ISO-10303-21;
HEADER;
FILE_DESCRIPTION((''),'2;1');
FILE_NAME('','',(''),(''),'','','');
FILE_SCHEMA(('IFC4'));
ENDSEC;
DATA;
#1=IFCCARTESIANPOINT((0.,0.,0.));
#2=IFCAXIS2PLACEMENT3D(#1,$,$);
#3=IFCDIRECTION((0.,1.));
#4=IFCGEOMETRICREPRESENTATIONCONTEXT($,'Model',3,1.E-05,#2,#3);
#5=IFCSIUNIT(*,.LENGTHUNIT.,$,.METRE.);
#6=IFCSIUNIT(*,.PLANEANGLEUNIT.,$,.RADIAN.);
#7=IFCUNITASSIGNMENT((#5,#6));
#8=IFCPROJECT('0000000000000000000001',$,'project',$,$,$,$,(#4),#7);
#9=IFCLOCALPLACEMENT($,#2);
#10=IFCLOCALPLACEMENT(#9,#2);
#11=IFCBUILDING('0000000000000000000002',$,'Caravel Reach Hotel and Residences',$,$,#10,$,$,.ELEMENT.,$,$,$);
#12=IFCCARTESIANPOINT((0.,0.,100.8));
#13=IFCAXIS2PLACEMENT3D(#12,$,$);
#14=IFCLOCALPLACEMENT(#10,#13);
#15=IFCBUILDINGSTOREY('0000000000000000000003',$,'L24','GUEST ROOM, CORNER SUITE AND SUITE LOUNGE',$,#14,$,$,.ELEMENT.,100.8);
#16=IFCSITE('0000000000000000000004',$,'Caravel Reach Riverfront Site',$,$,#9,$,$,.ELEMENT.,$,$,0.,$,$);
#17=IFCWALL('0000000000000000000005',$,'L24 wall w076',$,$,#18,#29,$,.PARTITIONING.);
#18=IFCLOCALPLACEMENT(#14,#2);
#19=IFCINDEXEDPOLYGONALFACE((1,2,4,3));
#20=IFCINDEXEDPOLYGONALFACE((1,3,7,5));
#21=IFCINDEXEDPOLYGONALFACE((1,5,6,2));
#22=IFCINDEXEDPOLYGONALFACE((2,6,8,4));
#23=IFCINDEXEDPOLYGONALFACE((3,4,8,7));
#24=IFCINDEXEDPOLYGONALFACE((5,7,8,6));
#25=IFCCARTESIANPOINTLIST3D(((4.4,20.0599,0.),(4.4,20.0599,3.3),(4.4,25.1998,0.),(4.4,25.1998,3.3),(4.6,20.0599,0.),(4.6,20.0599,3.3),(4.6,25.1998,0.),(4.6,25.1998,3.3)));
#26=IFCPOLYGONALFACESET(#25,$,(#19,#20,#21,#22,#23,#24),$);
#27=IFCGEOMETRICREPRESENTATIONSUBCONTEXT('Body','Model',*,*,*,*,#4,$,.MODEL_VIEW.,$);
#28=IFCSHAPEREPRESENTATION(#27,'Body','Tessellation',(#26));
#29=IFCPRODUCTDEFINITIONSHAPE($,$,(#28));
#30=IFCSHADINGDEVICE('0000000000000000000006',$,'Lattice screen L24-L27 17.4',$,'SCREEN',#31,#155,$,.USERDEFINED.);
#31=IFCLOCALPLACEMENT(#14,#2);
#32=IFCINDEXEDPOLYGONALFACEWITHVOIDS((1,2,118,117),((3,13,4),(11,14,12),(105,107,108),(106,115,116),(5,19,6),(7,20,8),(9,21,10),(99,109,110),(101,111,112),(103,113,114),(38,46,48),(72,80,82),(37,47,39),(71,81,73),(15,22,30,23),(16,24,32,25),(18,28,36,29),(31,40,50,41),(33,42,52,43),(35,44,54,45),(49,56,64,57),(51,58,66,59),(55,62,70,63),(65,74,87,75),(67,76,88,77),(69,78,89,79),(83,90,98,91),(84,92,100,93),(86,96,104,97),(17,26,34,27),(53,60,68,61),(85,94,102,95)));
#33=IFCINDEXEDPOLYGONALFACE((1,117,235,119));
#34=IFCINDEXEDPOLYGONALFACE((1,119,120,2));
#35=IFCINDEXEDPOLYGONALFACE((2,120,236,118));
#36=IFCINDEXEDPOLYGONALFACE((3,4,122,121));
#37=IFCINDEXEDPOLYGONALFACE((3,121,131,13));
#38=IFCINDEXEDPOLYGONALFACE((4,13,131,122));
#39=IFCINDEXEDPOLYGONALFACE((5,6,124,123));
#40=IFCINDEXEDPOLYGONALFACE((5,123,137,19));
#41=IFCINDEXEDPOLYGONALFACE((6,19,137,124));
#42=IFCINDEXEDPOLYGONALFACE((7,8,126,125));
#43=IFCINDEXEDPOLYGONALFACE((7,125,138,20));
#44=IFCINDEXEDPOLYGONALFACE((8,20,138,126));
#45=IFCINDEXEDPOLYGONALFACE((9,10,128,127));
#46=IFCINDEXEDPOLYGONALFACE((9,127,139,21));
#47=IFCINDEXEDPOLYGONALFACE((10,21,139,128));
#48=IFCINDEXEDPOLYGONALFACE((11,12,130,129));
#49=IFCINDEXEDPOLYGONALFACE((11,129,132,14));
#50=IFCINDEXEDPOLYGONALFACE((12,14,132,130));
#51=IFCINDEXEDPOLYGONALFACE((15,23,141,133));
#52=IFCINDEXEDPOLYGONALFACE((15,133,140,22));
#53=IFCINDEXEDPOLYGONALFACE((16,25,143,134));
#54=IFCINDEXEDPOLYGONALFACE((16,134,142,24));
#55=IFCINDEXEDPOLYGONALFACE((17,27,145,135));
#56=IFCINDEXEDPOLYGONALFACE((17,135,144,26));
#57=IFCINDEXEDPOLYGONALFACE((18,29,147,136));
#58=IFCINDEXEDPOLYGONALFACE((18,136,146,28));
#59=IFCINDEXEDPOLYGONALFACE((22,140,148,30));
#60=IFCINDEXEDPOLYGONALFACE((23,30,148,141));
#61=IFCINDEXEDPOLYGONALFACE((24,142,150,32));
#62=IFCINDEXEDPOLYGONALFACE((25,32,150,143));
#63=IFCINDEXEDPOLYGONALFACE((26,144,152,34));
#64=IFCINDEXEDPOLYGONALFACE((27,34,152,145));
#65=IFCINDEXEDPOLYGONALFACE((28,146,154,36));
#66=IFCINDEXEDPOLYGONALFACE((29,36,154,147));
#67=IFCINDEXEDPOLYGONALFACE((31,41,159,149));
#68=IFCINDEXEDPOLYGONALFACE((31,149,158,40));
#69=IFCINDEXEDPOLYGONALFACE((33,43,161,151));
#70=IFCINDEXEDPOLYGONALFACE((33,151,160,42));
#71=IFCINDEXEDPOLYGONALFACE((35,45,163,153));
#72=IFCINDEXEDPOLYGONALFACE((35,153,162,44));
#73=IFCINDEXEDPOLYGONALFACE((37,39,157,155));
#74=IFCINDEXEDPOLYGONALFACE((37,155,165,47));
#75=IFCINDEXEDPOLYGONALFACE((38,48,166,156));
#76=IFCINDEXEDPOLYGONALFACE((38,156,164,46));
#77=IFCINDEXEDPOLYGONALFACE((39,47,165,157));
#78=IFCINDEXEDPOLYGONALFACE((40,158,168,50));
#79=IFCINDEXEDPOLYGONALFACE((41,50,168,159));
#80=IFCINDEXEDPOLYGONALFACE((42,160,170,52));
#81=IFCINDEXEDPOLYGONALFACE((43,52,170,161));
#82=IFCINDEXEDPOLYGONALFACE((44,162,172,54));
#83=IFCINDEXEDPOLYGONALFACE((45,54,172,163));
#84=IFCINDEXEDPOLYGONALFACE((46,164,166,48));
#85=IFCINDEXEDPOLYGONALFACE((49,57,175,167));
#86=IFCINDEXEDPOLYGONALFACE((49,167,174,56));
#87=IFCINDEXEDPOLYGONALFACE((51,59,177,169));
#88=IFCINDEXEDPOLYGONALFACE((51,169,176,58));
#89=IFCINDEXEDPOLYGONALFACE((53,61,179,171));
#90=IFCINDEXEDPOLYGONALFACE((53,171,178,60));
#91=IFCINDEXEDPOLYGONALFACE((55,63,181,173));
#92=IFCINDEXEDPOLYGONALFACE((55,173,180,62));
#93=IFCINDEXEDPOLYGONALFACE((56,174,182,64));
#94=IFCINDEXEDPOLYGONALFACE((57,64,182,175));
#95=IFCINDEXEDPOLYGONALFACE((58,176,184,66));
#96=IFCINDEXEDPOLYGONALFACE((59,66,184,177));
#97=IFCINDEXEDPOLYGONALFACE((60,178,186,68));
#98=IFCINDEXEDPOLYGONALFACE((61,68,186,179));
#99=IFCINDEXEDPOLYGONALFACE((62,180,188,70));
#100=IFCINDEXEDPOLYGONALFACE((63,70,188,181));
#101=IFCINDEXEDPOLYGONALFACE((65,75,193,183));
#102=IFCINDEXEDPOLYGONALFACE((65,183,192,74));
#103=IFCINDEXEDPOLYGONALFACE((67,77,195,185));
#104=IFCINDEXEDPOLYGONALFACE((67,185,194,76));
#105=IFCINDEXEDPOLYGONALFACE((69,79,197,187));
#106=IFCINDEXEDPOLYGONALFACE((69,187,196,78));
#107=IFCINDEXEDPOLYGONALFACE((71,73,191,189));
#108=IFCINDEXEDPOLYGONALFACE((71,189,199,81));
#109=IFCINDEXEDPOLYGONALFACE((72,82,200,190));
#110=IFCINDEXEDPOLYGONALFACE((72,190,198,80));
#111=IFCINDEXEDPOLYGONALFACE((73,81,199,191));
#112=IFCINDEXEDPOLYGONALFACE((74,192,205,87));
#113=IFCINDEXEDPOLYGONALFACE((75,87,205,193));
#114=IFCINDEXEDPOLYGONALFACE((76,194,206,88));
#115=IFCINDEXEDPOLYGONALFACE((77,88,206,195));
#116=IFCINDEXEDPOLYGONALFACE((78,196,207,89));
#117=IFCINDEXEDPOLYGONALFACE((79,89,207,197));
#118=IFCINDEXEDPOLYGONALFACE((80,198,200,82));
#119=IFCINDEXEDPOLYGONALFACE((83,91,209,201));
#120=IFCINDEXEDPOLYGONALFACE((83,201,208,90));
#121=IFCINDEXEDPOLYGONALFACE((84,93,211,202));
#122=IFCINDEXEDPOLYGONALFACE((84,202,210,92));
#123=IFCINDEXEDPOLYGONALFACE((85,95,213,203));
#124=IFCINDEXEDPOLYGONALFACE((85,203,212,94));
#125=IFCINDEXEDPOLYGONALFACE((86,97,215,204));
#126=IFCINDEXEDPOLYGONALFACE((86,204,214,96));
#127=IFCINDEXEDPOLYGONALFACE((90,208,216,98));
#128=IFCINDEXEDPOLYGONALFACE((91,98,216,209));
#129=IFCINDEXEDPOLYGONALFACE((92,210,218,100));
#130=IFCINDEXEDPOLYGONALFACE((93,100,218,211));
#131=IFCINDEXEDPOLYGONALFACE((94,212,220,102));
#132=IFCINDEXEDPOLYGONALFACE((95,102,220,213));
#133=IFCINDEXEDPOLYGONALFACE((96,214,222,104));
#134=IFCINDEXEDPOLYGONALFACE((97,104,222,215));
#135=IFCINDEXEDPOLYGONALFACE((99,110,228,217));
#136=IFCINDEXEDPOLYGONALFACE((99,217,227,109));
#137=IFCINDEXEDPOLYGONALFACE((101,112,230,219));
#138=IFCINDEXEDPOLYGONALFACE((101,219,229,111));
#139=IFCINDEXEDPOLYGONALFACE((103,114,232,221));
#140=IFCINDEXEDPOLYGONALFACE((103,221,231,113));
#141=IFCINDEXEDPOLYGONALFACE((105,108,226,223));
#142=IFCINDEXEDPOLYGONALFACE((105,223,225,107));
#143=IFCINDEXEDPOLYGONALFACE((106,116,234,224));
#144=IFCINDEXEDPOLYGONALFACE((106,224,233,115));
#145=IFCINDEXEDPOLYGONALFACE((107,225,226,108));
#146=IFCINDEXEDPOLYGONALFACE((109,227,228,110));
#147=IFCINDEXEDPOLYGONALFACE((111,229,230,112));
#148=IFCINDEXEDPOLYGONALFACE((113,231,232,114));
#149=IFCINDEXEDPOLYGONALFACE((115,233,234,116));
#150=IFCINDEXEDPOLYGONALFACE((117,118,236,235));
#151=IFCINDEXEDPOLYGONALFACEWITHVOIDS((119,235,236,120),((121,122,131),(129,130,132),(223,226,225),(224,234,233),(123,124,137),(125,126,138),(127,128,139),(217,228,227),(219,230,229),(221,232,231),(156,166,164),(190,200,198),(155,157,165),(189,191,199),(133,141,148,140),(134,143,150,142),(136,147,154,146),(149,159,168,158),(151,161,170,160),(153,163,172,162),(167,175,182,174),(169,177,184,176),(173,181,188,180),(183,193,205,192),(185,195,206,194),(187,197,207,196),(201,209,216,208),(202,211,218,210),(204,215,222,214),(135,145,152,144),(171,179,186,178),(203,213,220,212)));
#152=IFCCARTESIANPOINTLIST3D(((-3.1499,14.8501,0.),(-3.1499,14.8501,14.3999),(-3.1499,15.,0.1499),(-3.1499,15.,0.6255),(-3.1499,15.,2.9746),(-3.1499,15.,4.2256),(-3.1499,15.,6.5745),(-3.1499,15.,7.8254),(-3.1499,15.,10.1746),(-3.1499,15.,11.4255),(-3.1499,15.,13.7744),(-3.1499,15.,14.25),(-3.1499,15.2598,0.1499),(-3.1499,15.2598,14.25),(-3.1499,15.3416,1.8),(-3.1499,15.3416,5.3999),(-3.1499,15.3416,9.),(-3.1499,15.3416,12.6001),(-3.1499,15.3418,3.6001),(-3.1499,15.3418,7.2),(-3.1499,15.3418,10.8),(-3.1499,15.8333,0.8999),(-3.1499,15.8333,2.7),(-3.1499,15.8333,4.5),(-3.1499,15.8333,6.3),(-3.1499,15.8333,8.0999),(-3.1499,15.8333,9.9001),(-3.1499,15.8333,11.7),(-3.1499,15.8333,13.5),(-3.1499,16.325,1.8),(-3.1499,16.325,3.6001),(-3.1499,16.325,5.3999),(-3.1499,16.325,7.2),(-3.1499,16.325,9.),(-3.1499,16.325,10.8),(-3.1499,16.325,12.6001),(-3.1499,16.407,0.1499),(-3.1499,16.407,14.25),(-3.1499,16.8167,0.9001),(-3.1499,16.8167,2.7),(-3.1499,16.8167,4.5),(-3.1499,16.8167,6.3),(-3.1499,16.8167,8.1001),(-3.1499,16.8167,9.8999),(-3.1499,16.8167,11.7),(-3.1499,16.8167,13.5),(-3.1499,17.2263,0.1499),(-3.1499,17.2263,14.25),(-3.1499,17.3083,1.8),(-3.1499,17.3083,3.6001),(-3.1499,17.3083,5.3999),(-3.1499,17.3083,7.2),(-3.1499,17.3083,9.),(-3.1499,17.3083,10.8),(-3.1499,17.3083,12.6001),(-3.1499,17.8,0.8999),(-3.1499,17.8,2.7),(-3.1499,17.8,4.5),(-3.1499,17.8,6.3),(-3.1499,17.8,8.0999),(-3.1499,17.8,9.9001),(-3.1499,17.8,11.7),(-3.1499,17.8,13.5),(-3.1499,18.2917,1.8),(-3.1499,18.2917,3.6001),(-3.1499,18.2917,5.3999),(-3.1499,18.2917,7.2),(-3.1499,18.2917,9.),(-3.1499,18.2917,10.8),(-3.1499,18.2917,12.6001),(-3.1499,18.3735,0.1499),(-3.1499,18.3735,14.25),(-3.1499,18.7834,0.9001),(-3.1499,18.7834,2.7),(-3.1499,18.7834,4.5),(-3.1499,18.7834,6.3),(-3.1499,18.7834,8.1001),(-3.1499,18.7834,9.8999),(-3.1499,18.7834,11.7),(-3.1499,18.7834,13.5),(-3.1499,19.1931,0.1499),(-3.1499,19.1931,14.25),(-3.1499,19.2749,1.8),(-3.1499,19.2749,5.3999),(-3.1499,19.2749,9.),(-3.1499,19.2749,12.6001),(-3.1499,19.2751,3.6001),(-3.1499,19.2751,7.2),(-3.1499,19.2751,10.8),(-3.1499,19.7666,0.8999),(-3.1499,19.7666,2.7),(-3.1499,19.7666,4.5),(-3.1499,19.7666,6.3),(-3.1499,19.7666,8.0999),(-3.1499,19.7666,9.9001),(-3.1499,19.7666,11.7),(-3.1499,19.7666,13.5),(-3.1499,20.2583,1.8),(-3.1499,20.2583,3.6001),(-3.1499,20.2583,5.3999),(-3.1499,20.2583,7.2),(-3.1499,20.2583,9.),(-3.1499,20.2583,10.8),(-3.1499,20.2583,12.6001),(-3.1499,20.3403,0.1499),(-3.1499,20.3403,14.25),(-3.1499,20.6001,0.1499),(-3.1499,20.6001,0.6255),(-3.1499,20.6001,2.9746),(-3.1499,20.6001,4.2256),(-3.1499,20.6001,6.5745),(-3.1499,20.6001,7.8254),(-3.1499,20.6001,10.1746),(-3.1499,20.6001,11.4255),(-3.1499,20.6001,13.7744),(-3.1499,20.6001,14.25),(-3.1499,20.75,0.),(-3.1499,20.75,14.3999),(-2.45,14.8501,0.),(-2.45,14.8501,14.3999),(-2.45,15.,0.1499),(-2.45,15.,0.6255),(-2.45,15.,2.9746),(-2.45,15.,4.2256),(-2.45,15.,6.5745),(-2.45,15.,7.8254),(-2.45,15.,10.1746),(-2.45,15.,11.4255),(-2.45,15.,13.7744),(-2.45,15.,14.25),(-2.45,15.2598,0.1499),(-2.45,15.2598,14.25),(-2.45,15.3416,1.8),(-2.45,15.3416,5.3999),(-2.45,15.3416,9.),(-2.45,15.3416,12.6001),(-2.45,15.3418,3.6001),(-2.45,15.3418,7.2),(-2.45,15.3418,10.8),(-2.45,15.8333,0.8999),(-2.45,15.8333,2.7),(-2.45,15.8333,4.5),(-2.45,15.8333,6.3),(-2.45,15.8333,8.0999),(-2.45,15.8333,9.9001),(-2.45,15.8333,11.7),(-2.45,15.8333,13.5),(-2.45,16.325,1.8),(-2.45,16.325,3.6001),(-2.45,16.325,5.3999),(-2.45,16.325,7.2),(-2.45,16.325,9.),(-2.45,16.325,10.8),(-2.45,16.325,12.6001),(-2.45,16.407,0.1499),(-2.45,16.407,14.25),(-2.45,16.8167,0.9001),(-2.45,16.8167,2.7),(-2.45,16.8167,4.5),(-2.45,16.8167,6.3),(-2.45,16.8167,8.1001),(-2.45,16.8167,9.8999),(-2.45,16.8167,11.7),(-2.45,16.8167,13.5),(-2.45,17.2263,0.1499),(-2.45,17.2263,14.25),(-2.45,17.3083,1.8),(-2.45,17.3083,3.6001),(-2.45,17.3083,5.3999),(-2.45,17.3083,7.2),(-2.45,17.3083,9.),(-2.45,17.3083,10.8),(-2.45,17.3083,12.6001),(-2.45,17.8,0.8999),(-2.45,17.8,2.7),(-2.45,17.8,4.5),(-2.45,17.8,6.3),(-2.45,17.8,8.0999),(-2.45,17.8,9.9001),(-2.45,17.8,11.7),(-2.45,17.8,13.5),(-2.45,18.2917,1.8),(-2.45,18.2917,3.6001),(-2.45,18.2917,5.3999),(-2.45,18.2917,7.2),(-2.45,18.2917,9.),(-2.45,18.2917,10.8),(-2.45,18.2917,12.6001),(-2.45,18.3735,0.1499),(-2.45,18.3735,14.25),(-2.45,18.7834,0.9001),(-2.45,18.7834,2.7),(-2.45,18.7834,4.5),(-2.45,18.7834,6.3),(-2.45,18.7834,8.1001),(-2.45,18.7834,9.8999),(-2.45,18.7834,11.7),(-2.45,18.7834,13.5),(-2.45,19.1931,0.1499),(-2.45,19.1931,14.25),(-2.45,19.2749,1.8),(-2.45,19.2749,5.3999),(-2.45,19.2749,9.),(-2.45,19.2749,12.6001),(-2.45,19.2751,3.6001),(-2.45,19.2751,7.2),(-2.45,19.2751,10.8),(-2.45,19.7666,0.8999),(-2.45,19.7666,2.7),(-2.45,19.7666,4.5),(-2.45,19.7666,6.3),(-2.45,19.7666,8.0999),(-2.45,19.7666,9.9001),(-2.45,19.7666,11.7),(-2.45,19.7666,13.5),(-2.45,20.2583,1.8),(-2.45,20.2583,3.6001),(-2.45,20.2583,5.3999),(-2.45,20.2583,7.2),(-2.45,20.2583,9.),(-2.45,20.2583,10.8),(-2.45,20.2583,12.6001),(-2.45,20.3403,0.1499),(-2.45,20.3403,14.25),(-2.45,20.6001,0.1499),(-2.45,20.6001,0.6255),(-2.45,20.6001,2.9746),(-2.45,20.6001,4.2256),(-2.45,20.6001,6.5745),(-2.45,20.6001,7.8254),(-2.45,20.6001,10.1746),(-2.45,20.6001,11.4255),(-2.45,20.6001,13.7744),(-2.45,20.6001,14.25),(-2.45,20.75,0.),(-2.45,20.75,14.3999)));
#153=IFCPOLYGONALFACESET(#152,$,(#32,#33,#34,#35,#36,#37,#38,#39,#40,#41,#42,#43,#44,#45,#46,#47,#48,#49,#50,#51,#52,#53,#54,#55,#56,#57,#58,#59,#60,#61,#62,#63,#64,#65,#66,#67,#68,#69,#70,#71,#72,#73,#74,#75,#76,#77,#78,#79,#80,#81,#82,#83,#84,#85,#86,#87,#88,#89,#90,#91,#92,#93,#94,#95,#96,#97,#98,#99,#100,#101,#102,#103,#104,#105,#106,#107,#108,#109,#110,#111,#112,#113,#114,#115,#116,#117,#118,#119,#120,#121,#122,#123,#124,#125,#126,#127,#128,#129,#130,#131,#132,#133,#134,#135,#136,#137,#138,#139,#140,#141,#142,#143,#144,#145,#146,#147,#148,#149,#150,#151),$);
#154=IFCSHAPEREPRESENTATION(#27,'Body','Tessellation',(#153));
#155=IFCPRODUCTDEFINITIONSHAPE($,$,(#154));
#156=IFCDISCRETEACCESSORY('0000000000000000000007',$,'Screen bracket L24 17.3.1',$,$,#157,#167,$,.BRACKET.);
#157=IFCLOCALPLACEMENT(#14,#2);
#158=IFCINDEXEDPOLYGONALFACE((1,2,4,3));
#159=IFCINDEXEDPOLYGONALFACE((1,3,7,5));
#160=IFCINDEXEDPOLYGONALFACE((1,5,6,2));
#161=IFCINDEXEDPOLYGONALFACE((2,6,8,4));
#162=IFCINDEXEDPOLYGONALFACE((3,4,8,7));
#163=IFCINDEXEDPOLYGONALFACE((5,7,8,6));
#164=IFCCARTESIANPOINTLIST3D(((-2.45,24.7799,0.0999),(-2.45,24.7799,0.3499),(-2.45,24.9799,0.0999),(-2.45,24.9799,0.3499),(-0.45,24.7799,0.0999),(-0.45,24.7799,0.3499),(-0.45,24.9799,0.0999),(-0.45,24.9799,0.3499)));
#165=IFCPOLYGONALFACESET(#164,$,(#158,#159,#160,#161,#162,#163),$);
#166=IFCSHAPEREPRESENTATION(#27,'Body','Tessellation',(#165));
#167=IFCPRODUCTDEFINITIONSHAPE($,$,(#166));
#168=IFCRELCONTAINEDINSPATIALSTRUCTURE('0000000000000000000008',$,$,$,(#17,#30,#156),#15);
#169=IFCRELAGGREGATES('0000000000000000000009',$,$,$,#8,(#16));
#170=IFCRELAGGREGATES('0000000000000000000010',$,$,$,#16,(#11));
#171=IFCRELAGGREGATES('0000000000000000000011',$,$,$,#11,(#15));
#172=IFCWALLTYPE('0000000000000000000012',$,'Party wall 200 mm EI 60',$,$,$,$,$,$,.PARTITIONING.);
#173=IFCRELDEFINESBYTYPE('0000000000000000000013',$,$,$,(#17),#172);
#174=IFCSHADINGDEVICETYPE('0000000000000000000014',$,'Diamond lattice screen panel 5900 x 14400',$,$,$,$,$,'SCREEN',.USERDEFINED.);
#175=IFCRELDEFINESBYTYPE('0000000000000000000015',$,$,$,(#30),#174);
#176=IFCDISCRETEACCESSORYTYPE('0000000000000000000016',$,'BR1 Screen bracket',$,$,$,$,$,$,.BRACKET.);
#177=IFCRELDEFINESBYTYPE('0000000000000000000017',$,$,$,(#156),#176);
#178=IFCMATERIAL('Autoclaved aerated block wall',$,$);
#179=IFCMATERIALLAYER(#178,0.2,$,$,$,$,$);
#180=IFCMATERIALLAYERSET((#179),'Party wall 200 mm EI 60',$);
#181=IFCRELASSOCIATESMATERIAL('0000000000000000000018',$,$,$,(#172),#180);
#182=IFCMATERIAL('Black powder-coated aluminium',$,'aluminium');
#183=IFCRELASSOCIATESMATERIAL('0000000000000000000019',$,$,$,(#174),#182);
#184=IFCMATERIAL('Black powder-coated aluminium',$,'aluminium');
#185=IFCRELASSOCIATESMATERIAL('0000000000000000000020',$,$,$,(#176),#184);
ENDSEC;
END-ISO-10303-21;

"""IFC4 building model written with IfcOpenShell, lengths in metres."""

from ifc_helpers import new_model, si_unit, direction, frame, frame_2d, origin, origin_2d, place, context, subcontext, project, spatial, polyline, rectangle, outline, extrude, material, layer, layer_set, type_object, element, save


model = new_model("IFC4")

# Units and contexts
model_context = context("Model", 3, precision=1e-05, world=origin(), true_north=direction((0.0, 1.0)))
body_context = subcontext(model_context, "Body", "Model", "MODEL_VIEW")
ifc_project = project(units=[si_unit("LENGTHUNIT", "METRE"), si_unit("PLANEANGLEUNIT", "RADIAN")], contexts=[model_context])

# Site, building, storey
site_placement = place(None, origin())
site = spatial("IfcSite", under=ifc_project, at=site_placement, Name="Caravel Reach Riverfront Site", CompositionType="ELEMENT", RefElevation=0.0)
building_placement = place(site_placement, origin())
building = spatial("IfcBuilding", under=site, at=building_placement, Name="Caravel Reach Hotel and Residences", CompositionType="ELEMENT")
storey_placement = place(building_placement, frame((0.0, 0.0, 100.8)))
storey = spatial("IfcBuildingStorey", under=building, at=storey_placement, Name="L24", Description="GUEST ROOM, CORNER SUITE AND SUITE LOUNGE", CompositionType="ELEMENT", Elevation=100.8)

# Wall
ifc_material_1 = material(Name="Autoclaved aerated block wall")
ifc_layer_1 = layer(ifc_material_1, 0.2)
ifc_layer_set_1 = layer_set([ifc_layer_1], Name="Party wall 200 mm EI 60")
wall_type_1 = type_object("IfcWallType", Name="Party wall 200 mm EI 60", PredefinedType="PARTITIONING", material=ifc_layer_set_1)
wall_1_placement = place(storey_placement, frame((4.5, 20.0601, 0.0), z_axis=(0.0, 0.0, 1.0), x_axis=(0.0, 1.0, 0.0)))
element("IfcWall", 1, at=wall_1_placement, inside=storey, type_object=wall_type_1, Name="L24 wall w076", PredefinedType="PARTITIONING", context=body_context, shape_type="SweptSolid", body=[
    extrude(rectangle(XDim=5.1399, YDim=0.2, at=frame_2d((2.5698, 0.0))), origin(), (0.0, 0.0, 1.0), 3.3),
])

# Shading device
ifc_material_2 = material(Name="Black powder-coated aluminium", Category="aluminium")
shading_device_type = type_object("IfcShadingDeviceType", Name="Diamond lattice screen panel 5900 x 14400", ElementType="SCREEN", PredefinedType="USERDEFINED", material=ifc_material_2)
shading_device_placement = place(storey_placement, frame((-2.45, 20.75, 0.0), z_axis=(-1.0, 0.0, 0.0), x_axis=(0.0, -1.0, 0.0)))
element("IfcShadingDevice", 2, at=shading_device_placement, inside=storey, type_object=shading_device_type, Name="Lattice screen L24-L27 17.4", ObjectType="SCREEN", PredefinedType="USERDEFINED", context=body_context, shape_type="SweptSolid", body=[
    extrude(outline(polyline([(0.0, 0.0), (5.8999, 0.0), (5.8999, 14.3999), (0.0, 14.3999), (0.0, 0.0)]), holes=[polyline([(0.4097, 0.1499), (0.1499, 0.6255), (0.1499, 0.1499), (0.4097, 0.1499)]), polyline([(0.4917, 3.6001), (0.1499, 4.2256), (0.1499, 2.9746), (0.4917, 3.6001)]), polyline([(0.4917, 7.2), (0.1499, 7.8254), (0.1499, 6.5745), (0.4917, 7.2)]), polyline([(0.4917, 10.8), (0.1499, 11.4255), (0.1499, 10.1746), (0.4917, 10.8)]), polyline([(0.1499, 13.7744), (0.4097, 14.25), (0.1499, 14.25), (0.1499, 13.7744)]), polyline([(0.9834, 2.7), (0.4917, 1.8), (0.9834, 0.8999), (1.4751, 1.8), (0.9834, 2.7)]), polyline([(0.9834, 6.3), (0.4917, 5.3999), (0.9834, 4.5), (1.4751, 5.3999), (0.9834, 6.3)]), polyline([(0.9834, 9.9001), (0.4917, 9.0), (0.9834, 8.0999), (1.4751, 9.0), (0.9834, 9.9001)]), polyline([(0.9834, 13.5), (0.4917, 12.6001), (0.9834, 11.7), (1.4751, 12.6001), (0.9834, 13.5)]), polyline([(1.9666, 0.9001), (1.5569, 0.1499), (2.3765, 0.1499), (1.9666, 0.9001)]), polyline([(1.9666, 4.5), (1.4749, 3.6001), (1.9666, 2.7), (2.4583, 3.6001), (1.9666, 4.5)]), polyline([(1.9666, 8.1001), (1.4749, 7.2), (1.9666, 6.3), (2.4583, 7.2), (1.9666, 8.1001)]), polyline([(1.9666, 11.7), (1.4749, 10.8), (1.9666, 9.8999), (2.4583, 10.8), (1.9666, 11.7)]), polyline([(1.9666, 13.5), (2.3765, 14.25), (1.5569, 14.25), (1.9666, 13.5)]), polyline([(2.95, 2.7), (2.4583, 1.8), (2.95, 0.8999), (3.4417, 1.8), (2.95, 2.7)]), polyline([(2.95, 6.3), (2.4583, 5.3999), (2.95, 4.5), (3.4417, 5.3999), (2.95, 6.3)]), polyline([(2.95, 9.9001), (2.4583, 9.0), (2.95, 8.0999), (3.4417, 9.0), (2.95, 9.9001)]), polyline([(2.95, 13.5), (2.4583, 12.6001), (2.95, 11.7), (3.4417, 12.6001), (2.95, 13.5)]), polyline([(3.9333, 0.9001), (3.5237, 0.1499), (4.343, 0.1499), (3.9333, 0.9001)]), polyline([(3.9333, 4.5), (3.4417, 3.6001), (3.9333, 2.7), (4.425, 3.6001), (3.9333, 4.5)]), polyline([(3.9333, 8.1001), (3.4417, 7.2), (3.9333, 6.3), (4.425, 7.2), (3.9333, 8.1001)]), polyline([(3.9333, 11.7), (3.4417, 10.8), (3.9333, 9.8999), (4.425, 10.8), (3.9333, 11.7)]), polyline([(3.9333, 13.5), (4.343, 14.25), (3.5237, 14.25), (3.9333, 13.5)]), polyline([(4.9167, 2.7), (4.425, 1.8), (4.9167, 0.8999), (5.4084, 1.8), (4.9167, 2.7)]), polyline([(4.9167, 6.3), (4.425, 5.3999), (4.9167, 4.5), (5.4084, 5.3999), (4.9167, 6.3)]), polyline([(4.9167, 9.9001), (4.425, 9.0), (4.9167, 8.0999), (5.4084, 9.0), (4.9167, 9.9001)]), polyline([(4.9167, 13.5), (4.425, 12.6001), (4.9167, 11.7), (5.4084, 12.6001), (4.9167, 13.5)]), polyline([(5.75, 0.6255), (5.4902, 0.1499), (5.75, 0.1499), (5.75, 0.6255)]), polyline([(5.4082, 3.6001), (5.75, 2.9746), (5.75, 4.2256), (5.4082, 3.6001)]), polyline([(5.4082, 7.2), (5.75, 6.5745), (5.75, 7.8254), (5.4082, 7.2)]), polyline([(5.4082, 10.8), (5.75, 10.1746), (5.75, 11.4255), (5.4082, 10.8)]), polyline([(5.4902, 14.25), (5.75, 13.7744), (5.75, 14.25), (5.4902, 14.25)])]), origin(), (0.0, 0.0, 1.0), 0.7),
])

# Discrete accessory
ifc_material_3 = material(Name="Black powder-coated aluminium", Category="aluminium")
discrete_accessory_type = type_object("IfcDiscreteAccessoryType", Name="BR1 Screen bracket", PredefinedType="BRACKET", material=ifc_material_3)
discrete_accessory_placement = place(storey_placement, frame((-1.45, 24.8799, 0.0999), z_axis=(0.0, 0.0, 1.0), x_axis=(-1.0, 0.0, 0.0)))
element("IfcDiscreteAccessory", 3, at=discrete_accessory_placement, inside=storey, type_object=discrete_accessory_type, Name="Screen bracket L24 17.3.1", PredefinedType="BRACKET", context=body_context, shape_type="SweptSolid", body=[
    extrude(rectangle(XDim=2.0, YDim=0.2, at=origin_2d()), origin(), (0.0, 0.0, 1.0), 0.25),
])

save(model, "model.ifc")
